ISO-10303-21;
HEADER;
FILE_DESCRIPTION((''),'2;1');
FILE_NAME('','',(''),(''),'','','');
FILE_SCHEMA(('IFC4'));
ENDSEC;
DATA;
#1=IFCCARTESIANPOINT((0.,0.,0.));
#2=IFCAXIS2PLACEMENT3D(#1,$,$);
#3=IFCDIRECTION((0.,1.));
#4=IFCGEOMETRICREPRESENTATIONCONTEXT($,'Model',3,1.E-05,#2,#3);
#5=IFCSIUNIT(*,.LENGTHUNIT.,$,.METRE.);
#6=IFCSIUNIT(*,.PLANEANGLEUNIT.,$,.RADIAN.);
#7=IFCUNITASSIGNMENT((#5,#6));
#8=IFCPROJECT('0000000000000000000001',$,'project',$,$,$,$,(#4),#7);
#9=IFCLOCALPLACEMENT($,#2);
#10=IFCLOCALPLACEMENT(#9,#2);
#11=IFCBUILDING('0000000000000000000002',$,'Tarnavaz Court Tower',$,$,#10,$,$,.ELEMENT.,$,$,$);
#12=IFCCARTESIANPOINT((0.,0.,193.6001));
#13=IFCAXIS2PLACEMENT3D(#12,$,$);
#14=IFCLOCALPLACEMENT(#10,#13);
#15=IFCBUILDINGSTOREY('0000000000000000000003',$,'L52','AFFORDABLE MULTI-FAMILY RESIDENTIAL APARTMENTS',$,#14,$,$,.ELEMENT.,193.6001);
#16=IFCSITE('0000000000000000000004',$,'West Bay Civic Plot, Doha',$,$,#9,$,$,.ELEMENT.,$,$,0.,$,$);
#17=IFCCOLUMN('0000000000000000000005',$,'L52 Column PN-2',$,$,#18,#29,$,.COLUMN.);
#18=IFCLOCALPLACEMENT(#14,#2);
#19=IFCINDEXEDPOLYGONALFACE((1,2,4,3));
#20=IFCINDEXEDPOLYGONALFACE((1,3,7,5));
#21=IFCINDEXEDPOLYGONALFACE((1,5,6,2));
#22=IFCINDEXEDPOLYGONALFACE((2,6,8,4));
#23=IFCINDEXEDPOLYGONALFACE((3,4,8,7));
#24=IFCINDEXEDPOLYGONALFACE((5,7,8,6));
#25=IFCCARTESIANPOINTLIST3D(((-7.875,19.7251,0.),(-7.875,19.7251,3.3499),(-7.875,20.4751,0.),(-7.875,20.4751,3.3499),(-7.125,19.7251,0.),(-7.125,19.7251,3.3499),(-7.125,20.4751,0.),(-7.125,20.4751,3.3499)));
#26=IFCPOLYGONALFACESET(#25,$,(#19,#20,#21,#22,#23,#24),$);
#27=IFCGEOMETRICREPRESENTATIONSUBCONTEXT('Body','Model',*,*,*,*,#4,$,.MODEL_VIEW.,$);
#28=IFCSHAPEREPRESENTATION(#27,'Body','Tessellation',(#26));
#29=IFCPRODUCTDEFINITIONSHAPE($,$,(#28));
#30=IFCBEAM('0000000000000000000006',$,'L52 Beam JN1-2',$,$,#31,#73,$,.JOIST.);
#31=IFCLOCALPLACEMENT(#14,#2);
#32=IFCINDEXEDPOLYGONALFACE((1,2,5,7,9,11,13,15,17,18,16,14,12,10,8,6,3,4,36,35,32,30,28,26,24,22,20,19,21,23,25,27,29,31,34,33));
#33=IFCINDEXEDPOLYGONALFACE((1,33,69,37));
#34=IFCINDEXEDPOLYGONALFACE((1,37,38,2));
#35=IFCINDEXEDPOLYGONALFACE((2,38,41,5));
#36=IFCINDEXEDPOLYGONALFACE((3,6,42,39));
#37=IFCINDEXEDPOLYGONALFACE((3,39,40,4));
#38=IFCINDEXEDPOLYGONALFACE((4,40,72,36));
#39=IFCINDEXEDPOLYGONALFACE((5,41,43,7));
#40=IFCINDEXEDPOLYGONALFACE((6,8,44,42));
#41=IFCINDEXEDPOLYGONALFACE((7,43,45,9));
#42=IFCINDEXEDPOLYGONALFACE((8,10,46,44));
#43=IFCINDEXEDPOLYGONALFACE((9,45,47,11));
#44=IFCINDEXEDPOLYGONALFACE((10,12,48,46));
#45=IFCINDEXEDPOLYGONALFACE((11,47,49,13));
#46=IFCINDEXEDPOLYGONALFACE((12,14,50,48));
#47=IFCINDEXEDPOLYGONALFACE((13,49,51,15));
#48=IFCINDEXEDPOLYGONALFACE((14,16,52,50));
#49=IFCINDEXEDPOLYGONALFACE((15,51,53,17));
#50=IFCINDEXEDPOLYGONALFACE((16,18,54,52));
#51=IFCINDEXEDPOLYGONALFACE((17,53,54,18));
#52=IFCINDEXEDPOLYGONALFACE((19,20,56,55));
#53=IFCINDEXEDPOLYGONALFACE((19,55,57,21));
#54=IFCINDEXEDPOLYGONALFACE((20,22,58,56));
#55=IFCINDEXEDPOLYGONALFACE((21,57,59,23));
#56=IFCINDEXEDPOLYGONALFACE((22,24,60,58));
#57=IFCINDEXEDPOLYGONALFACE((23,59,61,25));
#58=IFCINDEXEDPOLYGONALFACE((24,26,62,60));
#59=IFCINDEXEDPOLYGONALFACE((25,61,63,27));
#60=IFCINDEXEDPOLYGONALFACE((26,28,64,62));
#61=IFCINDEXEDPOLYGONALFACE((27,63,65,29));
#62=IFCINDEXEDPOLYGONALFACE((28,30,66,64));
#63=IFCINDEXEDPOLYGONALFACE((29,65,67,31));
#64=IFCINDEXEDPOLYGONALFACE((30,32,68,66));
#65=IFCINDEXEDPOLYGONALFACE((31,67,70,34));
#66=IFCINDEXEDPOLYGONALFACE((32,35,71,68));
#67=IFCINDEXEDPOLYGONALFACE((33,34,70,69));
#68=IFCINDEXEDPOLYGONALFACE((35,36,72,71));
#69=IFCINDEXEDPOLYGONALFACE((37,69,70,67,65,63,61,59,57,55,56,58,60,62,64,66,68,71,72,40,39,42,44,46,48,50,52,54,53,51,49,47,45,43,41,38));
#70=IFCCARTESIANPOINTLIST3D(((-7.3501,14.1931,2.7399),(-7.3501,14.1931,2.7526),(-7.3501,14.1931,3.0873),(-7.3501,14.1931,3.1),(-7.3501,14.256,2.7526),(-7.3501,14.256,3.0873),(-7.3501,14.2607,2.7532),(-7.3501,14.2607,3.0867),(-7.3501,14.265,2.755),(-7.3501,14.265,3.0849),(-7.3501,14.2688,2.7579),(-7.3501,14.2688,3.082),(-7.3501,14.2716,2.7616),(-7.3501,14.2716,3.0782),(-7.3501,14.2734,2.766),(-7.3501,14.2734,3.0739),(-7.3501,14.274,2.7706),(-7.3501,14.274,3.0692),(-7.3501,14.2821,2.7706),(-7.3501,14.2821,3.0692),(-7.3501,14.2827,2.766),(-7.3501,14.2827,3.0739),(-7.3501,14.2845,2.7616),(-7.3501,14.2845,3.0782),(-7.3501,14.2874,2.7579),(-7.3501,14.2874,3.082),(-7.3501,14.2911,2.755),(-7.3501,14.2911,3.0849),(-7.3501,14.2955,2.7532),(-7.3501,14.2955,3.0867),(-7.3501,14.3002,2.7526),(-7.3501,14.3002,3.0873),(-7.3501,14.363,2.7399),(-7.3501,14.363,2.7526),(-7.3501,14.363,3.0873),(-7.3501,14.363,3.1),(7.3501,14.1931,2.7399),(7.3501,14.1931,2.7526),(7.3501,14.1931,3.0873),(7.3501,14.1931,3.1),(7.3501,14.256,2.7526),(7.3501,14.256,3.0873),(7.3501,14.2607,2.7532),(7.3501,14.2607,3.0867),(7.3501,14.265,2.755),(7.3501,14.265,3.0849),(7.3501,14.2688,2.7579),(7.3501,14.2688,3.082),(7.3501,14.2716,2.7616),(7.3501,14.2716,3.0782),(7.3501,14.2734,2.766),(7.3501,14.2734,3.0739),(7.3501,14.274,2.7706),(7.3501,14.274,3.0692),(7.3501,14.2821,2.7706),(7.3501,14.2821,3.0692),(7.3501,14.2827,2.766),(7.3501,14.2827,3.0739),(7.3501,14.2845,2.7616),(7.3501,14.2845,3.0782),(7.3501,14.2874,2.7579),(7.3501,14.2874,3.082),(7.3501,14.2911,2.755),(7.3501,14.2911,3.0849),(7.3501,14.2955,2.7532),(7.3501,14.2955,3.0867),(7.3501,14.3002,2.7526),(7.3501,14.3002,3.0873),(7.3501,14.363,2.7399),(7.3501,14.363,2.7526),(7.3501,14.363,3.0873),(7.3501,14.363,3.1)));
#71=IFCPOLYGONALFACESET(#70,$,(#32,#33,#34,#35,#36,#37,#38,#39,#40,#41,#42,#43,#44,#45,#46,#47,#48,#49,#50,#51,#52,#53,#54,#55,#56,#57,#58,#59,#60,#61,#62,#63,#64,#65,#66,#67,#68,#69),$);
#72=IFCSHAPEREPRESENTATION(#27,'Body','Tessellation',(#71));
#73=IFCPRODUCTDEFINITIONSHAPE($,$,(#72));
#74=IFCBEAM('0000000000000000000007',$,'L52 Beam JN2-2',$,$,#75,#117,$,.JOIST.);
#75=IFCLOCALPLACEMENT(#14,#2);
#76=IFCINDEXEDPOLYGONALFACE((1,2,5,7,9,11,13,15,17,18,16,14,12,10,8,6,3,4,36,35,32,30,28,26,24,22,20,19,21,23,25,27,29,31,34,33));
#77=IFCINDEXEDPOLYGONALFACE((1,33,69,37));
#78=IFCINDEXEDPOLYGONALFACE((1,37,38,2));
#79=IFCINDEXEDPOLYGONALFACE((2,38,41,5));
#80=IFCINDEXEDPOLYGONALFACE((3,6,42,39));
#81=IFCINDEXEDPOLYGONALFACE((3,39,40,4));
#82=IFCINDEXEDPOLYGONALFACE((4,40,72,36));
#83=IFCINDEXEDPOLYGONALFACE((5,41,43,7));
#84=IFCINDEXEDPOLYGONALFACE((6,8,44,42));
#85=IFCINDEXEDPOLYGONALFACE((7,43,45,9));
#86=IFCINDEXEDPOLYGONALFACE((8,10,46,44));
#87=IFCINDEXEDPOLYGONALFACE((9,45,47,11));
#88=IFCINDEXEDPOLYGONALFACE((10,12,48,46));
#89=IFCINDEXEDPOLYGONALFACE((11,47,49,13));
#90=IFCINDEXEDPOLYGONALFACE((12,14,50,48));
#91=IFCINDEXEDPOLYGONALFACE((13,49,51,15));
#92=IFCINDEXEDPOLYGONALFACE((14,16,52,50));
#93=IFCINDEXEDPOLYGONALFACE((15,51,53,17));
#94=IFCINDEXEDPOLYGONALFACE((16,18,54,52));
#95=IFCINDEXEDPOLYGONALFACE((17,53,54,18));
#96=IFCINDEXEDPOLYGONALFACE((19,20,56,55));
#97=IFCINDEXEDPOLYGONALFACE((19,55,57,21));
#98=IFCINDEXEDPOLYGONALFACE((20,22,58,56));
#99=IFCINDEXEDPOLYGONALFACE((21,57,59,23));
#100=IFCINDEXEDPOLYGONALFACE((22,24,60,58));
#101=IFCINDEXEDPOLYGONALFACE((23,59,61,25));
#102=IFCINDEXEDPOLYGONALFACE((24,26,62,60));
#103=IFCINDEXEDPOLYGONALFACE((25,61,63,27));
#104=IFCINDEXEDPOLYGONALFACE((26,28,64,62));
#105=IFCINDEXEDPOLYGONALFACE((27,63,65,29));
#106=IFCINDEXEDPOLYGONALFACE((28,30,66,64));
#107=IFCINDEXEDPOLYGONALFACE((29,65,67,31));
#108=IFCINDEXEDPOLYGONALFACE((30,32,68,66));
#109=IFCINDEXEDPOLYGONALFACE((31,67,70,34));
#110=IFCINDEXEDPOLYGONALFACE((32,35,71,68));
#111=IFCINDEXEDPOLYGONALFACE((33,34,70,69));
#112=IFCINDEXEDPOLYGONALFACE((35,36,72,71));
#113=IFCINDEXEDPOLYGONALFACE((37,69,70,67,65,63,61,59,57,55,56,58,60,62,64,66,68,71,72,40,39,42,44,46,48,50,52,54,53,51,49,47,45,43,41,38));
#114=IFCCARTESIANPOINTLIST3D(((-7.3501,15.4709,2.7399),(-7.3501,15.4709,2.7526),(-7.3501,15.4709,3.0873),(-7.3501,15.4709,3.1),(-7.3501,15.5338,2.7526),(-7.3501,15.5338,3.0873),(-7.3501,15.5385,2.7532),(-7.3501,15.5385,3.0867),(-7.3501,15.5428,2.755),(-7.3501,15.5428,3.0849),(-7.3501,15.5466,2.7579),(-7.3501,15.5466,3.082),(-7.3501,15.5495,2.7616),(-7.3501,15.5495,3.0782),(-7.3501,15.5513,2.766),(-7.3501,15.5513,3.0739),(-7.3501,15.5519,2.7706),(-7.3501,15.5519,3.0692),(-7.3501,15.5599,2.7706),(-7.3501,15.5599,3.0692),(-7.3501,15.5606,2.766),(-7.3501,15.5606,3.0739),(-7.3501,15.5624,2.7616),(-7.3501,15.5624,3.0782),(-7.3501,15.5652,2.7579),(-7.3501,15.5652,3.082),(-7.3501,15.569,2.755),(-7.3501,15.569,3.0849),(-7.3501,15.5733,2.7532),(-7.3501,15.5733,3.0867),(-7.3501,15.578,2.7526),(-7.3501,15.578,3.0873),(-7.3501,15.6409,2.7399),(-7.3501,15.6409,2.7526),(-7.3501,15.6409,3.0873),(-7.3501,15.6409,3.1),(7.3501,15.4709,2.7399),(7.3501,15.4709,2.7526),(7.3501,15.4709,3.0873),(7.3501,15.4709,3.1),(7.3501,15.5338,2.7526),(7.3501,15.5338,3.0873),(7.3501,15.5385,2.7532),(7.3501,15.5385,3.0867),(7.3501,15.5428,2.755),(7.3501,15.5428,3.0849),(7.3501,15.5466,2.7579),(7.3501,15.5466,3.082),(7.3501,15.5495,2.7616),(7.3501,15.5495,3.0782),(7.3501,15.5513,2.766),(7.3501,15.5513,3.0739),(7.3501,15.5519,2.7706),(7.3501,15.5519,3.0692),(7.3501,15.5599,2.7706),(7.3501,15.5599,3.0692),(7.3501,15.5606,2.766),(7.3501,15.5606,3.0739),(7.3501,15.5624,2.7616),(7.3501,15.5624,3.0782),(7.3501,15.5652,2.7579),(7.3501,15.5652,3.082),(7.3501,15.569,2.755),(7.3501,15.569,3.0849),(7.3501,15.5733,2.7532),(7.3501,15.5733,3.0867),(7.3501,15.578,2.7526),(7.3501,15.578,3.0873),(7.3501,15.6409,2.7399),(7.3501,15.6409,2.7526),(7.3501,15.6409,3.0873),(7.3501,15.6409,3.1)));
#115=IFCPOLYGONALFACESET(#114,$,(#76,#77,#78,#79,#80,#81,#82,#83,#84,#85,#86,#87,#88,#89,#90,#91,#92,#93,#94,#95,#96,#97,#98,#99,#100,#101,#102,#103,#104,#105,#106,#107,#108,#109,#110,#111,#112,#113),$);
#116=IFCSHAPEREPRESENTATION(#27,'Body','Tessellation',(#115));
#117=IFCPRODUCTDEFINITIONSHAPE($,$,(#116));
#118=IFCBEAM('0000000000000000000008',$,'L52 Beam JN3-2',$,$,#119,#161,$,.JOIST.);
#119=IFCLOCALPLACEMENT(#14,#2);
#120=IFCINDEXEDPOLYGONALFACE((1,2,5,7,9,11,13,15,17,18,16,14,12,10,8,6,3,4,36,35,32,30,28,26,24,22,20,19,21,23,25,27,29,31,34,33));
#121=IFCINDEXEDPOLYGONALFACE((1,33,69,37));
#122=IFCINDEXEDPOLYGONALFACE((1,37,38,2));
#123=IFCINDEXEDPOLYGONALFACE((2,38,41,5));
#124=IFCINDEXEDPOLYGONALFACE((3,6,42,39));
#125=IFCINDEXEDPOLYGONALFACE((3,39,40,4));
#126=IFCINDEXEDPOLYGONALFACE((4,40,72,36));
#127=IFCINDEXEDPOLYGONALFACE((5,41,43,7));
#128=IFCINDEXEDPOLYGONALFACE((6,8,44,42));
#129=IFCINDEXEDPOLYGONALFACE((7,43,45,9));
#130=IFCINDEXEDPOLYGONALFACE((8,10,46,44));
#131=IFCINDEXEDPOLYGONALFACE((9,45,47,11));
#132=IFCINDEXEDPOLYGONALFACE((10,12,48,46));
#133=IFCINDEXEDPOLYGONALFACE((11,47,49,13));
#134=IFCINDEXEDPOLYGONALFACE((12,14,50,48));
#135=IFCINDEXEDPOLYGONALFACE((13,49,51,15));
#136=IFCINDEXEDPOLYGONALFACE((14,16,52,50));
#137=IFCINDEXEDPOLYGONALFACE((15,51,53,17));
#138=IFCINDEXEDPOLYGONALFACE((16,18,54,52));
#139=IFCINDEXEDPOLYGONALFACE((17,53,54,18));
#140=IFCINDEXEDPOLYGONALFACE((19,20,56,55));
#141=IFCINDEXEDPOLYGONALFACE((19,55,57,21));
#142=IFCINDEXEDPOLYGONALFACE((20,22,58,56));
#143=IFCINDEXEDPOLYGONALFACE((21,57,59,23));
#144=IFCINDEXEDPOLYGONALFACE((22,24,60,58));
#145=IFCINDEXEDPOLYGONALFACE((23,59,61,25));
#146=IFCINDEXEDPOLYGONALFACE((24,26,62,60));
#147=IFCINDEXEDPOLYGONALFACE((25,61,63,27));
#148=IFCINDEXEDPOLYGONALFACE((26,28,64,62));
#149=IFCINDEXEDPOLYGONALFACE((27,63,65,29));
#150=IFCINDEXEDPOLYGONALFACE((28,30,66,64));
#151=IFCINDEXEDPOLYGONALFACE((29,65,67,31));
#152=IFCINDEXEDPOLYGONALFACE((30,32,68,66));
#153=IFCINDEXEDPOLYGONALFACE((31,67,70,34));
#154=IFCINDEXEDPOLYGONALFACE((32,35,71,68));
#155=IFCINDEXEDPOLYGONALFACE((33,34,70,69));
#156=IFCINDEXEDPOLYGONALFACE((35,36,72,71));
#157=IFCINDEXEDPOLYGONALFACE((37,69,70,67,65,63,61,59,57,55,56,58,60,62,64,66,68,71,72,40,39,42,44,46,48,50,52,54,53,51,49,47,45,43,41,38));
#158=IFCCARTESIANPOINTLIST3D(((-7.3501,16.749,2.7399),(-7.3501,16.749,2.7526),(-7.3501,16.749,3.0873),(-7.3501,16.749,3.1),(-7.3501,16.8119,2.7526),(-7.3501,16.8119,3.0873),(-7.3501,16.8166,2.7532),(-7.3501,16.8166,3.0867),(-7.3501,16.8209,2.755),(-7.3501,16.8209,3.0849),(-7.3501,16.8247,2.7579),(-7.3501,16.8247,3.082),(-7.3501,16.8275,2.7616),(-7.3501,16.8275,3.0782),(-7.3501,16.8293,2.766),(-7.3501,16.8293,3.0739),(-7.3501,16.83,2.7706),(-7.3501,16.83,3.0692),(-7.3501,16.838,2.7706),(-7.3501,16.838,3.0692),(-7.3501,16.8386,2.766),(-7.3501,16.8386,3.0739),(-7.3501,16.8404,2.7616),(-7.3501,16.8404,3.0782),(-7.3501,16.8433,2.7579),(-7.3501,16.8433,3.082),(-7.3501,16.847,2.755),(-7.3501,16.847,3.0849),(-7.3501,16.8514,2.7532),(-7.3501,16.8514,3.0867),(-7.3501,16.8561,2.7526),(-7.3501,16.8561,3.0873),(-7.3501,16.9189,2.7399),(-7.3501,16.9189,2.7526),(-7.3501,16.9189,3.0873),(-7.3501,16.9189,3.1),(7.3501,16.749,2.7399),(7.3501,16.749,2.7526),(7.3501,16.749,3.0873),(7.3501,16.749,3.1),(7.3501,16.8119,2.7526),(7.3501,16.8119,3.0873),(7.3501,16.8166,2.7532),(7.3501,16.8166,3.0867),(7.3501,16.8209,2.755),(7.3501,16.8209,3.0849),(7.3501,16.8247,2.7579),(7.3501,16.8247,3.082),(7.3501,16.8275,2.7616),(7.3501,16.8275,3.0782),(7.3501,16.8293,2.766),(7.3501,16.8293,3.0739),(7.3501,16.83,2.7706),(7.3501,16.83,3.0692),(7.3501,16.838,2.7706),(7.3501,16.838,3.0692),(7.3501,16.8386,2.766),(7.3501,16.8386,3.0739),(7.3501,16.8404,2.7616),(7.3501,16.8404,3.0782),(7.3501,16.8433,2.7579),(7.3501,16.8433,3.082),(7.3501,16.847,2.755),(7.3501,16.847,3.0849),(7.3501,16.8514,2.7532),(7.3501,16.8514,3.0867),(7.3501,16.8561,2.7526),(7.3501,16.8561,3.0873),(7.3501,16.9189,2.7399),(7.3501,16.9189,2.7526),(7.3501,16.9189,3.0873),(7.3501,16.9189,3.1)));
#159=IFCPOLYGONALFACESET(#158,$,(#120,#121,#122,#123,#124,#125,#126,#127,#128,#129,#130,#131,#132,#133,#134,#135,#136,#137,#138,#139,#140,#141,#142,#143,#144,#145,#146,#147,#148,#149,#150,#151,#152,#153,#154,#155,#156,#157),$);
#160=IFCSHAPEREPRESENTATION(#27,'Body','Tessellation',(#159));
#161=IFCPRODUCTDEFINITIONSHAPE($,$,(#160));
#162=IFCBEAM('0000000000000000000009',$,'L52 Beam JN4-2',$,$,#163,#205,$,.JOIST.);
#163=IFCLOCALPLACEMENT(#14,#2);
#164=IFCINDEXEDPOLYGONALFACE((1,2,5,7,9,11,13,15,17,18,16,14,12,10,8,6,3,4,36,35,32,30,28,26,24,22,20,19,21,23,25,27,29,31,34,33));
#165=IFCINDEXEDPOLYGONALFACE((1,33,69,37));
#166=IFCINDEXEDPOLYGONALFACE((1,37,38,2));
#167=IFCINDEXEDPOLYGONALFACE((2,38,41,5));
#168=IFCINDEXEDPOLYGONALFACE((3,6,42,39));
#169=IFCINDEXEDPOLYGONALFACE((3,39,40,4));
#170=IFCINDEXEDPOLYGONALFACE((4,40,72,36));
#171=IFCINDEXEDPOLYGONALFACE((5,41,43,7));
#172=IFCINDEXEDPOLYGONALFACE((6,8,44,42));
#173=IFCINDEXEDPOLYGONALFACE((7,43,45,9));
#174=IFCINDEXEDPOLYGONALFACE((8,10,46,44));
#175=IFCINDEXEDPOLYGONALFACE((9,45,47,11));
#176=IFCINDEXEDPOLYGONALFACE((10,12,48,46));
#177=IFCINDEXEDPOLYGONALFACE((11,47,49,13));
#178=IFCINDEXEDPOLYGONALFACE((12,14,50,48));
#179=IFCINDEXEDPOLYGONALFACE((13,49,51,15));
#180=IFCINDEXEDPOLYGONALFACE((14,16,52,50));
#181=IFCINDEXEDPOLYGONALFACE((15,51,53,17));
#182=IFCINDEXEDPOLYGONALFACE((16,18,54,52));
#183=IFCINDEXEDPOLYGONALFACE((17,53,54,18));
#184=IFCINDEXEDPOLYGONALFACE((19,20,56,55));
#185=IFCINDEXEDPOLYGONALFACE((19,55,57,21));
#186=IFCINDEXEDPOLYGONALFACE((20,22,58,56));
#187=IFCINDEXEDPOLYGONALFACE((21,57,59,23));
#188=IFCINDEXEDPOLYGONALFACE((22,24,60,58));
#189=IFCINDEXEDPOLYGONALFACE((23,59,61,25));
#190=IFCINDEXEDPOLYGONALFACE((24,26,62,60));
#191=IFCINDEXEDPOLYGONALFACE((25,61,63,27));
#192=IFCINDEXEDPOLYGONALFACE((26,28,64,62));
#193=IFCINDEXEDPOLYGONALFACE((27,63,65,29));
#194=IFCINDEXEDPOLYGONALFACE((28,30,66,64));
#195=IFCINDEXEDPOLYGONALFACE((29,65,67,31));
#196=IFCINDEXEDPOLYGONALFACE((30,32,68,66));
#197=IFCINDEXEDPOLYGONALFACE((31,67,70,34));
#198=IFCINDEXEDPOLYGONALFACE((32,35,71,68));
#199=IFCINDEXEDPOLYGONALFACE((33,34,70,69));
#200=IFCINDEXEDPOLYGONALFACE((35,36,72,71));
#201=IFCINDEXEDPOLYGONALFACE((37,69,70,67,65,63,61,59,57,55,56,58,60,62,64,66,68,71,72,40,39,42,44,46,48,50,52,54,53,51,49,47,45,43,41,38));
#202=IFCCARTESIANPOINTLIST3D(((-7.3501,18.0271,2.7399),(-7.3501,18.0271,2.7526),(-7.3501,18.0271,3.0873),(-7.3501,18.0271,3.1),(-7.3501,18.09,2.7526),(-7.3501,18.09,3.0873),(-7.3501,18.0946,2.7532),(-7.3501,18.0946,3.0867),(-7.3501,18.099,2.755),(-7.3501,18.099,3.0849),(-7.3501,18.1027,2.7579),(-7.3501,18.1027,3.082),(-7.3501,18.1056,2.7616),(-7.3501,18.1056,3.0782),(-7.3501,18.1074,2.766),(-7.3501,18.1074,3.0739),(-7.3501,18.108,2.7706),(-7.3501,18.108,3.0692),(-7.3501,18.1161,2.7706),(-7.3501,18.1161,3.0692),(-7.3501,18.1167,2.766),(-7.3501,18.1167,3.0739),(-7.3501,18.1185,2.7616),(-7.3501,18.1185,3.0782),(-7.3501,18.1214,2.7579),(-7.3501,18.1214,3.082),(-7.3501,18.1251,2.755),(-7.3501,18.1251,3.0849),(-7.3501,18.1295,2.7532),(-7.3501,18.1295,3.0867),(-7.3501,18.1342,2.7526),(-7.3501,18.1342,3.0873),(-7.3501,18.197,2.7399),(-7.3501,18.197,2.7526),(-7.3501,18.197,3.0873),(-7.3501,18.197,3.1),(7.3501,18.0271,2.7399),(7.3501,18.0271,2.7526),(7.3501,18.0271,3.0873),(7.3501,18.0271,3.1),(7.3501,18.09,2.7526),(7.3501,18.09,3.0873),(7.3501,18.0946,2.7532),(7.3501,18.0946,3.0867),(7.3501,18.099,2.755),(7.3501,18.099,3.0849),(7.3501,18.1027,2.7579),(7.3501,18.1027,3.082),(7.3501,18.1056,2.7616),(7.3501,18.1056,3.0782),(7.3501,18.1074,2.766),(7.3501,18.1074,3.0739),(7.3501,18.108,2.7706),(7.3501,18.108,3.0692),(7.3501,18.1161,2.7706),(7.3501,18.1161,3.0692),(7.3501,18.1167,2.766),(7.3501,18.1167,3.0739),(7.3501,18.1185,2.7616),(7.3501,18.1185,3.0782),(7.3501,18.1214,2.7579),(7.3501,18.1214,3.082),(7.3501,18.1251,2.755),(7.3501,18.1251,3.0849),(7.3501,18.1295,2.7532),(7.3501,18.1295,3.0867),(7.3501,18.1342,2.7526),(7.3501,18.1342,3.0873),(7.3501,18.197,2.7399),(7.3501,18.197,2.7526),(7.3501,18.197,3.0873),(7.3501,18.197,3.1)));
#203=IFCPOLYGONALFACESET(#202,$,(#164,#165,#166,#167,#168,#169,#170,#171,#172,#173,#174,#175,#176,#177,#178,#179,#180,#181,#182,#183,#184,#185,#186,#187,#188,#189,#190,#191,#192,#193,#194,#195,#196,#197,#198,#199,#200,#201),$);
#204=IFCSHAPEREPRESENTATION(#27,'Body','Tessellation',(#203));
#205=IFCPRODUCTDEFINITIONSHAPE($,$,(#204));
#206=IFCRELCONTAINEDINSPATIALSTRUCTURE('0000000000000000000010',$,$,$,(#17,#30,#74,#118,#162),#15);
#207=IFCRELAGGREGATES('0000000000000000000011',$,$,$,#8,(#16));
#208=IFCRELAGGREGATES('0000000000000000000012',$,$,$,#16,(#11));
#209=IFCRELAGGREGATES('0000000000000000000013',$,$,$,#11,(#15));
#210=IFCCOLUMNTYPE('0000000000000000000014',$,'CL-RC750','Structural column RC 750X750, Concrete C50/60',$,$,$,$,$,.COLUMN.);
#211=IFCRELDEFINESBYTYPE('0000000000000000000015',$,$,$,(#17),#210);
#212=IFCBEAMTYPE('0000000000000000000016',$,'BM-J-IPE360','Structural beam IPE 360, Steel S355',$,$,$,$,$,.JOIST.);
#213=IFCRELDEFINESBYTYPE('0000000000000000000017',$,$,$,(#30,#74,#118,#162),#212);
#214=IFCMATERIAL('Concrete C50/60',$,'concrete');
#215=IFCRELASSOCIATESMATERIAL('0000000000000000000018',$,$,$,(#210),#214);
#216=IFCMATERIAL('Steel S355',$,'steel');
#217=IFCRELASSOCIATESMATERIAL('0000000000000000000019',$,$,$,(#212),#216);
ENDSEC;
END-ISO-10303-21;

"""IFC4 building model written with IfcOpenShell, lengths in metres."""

from ifc_helpers import new_model, si_unit, direction, frame, origin, origin_2d, place, context, subcontext, project, spatial, rectangle, i_section, extrude, material, material_profile, profile_set, type_object, element, save


model = new_model("IFC4")

# Units and contexts
model_context = context("Model", 3, precision=1e-05, world=origin(), true_north=direction((0.0, 1.0)))
body_context = subcontext(model_context, "Body", "Model", "MODEL_VIEW")
ifc_project = project(units=[si_unit("LENGTHUNIT", "METRE"), si_unit("PLANEANGLEUNIT", "RADIAN")], contexts=[model_context])

# Site, building, storey
site_placement = place(None, origin())
site = spatial("IfcSite", under=ifc_project, at=site_placement, Name="West Bay Civic Plot, Doha", CompositionType="ELEMENT", RefElevation=0.0)
building_placement = place(site_placement, origin())
building = spatial("IfcBuilding", under=site, at=building_placement, Name="Tarnavaz Court Tower", CompositionType="ELEMENT")
storey_placement = place(building_placement, frame((0.0, 0.0, 193.6001)))
storey = spatial("IfcBuildingStorey", under=building, at=storey_placement, Name="L52", Description="AFFORDABLE MULTI-FAMILY RESIDENTIAL APARTMENTS", CompositionType="ELEMENT", Elevation=193.6001)

# Column
ifc_material_1 = material(Name="Concrete C50/60", Category="concrete")
ifc_material_profile_1 = material_profile(ifc_material_1, rectangle(XDim=0.75, YDim=0.75, at=origin_2d()), Name="RC 750X750")
ifc_profile_set_1 = profile_set([ifc_material_profile_1], Name="Concrete C50/60")
column_type = type_object("IfcColumnType", Name="CL-RC750", Description="Structural column RC 750X750, Concrete C50/60", PredefinedType="COLUMN", material=ifc_profile_set_1)
column_placement = place(storey_placement, frame((-7.5, 20.1001, 0.0), z_axis=(0.0, 0.0, 1.0), x_axis=(1.0, 0.0, 0.0)))
element("IfcColumn", 1, at=column_placement, inside=storey, type_object=column_type, Name="L52 Column PN-2", PredefinedType="COLUMN", context=body_context, shape_type="SweptSolid", body=[
    extrude(rectangle(XDim=0.75, YDim=0.75, at=origin_2d()), origin(), (0.0, 0.0, 1.0), 3.3499),
])

# Beams
ifc_material_2 = material(Name="Steel S355", Category="steel")
ifc_material_profile_2 = material_profile(ifc_material_2, i_section(OverallWidth=0.1699, OverallDepth=0.3601, WebThickness=0.0081, FlangeThickness=0.0127, FilletRadius=0.0181, at=origin_2d()), Name="IPE 360")
ifc_profile_set_2 = profile_set([ifc_material_profile_2], Name="Steel S355")
beam_type_1 = type_object("IfcBeamType", Name="BM-J-IPE360", Description="Structural beam IPE 360, Steel S355", PredefinedType="JOIST", material=ifc_profile_set_2)
for number, where, z_axis, x_axis, name in (
    (2, (-7.3501, 14.2781, 2.9199), (1.0, 0.0, 0.0), (0.0, 1.0, 0.0), "L52 Beam JN1-2"),
    (3, (-7.3501, 15.5559, 2.9199), (1.0, 0.0, 0.0), (0.0, 1.0, 0.0), "L52 Beam JN2-2"),
    (4, (-7.3501, 16.834, 2.9199), (1.0, 0.0, 0.0), (0.0, 1.0, 0.0), "L52 Beam JN3-2"),
    (5, (-7.3501, 18.1121, 2.9199), (1.0, 0.0, 0.0), (0.0, 1.0, 0.0), "L52 Beam JN4-2"),
):
    element("IfcBeam", number, at=place(storey_placement, frame(where, z_axis=z_axis, x_axis=x_axis)), inside=storey, type_object=beam_type_1, Name=name, PredefinedType="JOIST", context=body_context, shape_type="SweptSolid", body=[
        extrude(i_section(OverallWidth=0.1699, OverallDepth=0.3601, WebThickness=0.0081, FlangeThickness=0.0127, FilletRadius=0.0181, at=origin_2d()), origin(), (0.0, 0.0, 1.0), 14.7002),
    ])

save(model, "model.ifc")
